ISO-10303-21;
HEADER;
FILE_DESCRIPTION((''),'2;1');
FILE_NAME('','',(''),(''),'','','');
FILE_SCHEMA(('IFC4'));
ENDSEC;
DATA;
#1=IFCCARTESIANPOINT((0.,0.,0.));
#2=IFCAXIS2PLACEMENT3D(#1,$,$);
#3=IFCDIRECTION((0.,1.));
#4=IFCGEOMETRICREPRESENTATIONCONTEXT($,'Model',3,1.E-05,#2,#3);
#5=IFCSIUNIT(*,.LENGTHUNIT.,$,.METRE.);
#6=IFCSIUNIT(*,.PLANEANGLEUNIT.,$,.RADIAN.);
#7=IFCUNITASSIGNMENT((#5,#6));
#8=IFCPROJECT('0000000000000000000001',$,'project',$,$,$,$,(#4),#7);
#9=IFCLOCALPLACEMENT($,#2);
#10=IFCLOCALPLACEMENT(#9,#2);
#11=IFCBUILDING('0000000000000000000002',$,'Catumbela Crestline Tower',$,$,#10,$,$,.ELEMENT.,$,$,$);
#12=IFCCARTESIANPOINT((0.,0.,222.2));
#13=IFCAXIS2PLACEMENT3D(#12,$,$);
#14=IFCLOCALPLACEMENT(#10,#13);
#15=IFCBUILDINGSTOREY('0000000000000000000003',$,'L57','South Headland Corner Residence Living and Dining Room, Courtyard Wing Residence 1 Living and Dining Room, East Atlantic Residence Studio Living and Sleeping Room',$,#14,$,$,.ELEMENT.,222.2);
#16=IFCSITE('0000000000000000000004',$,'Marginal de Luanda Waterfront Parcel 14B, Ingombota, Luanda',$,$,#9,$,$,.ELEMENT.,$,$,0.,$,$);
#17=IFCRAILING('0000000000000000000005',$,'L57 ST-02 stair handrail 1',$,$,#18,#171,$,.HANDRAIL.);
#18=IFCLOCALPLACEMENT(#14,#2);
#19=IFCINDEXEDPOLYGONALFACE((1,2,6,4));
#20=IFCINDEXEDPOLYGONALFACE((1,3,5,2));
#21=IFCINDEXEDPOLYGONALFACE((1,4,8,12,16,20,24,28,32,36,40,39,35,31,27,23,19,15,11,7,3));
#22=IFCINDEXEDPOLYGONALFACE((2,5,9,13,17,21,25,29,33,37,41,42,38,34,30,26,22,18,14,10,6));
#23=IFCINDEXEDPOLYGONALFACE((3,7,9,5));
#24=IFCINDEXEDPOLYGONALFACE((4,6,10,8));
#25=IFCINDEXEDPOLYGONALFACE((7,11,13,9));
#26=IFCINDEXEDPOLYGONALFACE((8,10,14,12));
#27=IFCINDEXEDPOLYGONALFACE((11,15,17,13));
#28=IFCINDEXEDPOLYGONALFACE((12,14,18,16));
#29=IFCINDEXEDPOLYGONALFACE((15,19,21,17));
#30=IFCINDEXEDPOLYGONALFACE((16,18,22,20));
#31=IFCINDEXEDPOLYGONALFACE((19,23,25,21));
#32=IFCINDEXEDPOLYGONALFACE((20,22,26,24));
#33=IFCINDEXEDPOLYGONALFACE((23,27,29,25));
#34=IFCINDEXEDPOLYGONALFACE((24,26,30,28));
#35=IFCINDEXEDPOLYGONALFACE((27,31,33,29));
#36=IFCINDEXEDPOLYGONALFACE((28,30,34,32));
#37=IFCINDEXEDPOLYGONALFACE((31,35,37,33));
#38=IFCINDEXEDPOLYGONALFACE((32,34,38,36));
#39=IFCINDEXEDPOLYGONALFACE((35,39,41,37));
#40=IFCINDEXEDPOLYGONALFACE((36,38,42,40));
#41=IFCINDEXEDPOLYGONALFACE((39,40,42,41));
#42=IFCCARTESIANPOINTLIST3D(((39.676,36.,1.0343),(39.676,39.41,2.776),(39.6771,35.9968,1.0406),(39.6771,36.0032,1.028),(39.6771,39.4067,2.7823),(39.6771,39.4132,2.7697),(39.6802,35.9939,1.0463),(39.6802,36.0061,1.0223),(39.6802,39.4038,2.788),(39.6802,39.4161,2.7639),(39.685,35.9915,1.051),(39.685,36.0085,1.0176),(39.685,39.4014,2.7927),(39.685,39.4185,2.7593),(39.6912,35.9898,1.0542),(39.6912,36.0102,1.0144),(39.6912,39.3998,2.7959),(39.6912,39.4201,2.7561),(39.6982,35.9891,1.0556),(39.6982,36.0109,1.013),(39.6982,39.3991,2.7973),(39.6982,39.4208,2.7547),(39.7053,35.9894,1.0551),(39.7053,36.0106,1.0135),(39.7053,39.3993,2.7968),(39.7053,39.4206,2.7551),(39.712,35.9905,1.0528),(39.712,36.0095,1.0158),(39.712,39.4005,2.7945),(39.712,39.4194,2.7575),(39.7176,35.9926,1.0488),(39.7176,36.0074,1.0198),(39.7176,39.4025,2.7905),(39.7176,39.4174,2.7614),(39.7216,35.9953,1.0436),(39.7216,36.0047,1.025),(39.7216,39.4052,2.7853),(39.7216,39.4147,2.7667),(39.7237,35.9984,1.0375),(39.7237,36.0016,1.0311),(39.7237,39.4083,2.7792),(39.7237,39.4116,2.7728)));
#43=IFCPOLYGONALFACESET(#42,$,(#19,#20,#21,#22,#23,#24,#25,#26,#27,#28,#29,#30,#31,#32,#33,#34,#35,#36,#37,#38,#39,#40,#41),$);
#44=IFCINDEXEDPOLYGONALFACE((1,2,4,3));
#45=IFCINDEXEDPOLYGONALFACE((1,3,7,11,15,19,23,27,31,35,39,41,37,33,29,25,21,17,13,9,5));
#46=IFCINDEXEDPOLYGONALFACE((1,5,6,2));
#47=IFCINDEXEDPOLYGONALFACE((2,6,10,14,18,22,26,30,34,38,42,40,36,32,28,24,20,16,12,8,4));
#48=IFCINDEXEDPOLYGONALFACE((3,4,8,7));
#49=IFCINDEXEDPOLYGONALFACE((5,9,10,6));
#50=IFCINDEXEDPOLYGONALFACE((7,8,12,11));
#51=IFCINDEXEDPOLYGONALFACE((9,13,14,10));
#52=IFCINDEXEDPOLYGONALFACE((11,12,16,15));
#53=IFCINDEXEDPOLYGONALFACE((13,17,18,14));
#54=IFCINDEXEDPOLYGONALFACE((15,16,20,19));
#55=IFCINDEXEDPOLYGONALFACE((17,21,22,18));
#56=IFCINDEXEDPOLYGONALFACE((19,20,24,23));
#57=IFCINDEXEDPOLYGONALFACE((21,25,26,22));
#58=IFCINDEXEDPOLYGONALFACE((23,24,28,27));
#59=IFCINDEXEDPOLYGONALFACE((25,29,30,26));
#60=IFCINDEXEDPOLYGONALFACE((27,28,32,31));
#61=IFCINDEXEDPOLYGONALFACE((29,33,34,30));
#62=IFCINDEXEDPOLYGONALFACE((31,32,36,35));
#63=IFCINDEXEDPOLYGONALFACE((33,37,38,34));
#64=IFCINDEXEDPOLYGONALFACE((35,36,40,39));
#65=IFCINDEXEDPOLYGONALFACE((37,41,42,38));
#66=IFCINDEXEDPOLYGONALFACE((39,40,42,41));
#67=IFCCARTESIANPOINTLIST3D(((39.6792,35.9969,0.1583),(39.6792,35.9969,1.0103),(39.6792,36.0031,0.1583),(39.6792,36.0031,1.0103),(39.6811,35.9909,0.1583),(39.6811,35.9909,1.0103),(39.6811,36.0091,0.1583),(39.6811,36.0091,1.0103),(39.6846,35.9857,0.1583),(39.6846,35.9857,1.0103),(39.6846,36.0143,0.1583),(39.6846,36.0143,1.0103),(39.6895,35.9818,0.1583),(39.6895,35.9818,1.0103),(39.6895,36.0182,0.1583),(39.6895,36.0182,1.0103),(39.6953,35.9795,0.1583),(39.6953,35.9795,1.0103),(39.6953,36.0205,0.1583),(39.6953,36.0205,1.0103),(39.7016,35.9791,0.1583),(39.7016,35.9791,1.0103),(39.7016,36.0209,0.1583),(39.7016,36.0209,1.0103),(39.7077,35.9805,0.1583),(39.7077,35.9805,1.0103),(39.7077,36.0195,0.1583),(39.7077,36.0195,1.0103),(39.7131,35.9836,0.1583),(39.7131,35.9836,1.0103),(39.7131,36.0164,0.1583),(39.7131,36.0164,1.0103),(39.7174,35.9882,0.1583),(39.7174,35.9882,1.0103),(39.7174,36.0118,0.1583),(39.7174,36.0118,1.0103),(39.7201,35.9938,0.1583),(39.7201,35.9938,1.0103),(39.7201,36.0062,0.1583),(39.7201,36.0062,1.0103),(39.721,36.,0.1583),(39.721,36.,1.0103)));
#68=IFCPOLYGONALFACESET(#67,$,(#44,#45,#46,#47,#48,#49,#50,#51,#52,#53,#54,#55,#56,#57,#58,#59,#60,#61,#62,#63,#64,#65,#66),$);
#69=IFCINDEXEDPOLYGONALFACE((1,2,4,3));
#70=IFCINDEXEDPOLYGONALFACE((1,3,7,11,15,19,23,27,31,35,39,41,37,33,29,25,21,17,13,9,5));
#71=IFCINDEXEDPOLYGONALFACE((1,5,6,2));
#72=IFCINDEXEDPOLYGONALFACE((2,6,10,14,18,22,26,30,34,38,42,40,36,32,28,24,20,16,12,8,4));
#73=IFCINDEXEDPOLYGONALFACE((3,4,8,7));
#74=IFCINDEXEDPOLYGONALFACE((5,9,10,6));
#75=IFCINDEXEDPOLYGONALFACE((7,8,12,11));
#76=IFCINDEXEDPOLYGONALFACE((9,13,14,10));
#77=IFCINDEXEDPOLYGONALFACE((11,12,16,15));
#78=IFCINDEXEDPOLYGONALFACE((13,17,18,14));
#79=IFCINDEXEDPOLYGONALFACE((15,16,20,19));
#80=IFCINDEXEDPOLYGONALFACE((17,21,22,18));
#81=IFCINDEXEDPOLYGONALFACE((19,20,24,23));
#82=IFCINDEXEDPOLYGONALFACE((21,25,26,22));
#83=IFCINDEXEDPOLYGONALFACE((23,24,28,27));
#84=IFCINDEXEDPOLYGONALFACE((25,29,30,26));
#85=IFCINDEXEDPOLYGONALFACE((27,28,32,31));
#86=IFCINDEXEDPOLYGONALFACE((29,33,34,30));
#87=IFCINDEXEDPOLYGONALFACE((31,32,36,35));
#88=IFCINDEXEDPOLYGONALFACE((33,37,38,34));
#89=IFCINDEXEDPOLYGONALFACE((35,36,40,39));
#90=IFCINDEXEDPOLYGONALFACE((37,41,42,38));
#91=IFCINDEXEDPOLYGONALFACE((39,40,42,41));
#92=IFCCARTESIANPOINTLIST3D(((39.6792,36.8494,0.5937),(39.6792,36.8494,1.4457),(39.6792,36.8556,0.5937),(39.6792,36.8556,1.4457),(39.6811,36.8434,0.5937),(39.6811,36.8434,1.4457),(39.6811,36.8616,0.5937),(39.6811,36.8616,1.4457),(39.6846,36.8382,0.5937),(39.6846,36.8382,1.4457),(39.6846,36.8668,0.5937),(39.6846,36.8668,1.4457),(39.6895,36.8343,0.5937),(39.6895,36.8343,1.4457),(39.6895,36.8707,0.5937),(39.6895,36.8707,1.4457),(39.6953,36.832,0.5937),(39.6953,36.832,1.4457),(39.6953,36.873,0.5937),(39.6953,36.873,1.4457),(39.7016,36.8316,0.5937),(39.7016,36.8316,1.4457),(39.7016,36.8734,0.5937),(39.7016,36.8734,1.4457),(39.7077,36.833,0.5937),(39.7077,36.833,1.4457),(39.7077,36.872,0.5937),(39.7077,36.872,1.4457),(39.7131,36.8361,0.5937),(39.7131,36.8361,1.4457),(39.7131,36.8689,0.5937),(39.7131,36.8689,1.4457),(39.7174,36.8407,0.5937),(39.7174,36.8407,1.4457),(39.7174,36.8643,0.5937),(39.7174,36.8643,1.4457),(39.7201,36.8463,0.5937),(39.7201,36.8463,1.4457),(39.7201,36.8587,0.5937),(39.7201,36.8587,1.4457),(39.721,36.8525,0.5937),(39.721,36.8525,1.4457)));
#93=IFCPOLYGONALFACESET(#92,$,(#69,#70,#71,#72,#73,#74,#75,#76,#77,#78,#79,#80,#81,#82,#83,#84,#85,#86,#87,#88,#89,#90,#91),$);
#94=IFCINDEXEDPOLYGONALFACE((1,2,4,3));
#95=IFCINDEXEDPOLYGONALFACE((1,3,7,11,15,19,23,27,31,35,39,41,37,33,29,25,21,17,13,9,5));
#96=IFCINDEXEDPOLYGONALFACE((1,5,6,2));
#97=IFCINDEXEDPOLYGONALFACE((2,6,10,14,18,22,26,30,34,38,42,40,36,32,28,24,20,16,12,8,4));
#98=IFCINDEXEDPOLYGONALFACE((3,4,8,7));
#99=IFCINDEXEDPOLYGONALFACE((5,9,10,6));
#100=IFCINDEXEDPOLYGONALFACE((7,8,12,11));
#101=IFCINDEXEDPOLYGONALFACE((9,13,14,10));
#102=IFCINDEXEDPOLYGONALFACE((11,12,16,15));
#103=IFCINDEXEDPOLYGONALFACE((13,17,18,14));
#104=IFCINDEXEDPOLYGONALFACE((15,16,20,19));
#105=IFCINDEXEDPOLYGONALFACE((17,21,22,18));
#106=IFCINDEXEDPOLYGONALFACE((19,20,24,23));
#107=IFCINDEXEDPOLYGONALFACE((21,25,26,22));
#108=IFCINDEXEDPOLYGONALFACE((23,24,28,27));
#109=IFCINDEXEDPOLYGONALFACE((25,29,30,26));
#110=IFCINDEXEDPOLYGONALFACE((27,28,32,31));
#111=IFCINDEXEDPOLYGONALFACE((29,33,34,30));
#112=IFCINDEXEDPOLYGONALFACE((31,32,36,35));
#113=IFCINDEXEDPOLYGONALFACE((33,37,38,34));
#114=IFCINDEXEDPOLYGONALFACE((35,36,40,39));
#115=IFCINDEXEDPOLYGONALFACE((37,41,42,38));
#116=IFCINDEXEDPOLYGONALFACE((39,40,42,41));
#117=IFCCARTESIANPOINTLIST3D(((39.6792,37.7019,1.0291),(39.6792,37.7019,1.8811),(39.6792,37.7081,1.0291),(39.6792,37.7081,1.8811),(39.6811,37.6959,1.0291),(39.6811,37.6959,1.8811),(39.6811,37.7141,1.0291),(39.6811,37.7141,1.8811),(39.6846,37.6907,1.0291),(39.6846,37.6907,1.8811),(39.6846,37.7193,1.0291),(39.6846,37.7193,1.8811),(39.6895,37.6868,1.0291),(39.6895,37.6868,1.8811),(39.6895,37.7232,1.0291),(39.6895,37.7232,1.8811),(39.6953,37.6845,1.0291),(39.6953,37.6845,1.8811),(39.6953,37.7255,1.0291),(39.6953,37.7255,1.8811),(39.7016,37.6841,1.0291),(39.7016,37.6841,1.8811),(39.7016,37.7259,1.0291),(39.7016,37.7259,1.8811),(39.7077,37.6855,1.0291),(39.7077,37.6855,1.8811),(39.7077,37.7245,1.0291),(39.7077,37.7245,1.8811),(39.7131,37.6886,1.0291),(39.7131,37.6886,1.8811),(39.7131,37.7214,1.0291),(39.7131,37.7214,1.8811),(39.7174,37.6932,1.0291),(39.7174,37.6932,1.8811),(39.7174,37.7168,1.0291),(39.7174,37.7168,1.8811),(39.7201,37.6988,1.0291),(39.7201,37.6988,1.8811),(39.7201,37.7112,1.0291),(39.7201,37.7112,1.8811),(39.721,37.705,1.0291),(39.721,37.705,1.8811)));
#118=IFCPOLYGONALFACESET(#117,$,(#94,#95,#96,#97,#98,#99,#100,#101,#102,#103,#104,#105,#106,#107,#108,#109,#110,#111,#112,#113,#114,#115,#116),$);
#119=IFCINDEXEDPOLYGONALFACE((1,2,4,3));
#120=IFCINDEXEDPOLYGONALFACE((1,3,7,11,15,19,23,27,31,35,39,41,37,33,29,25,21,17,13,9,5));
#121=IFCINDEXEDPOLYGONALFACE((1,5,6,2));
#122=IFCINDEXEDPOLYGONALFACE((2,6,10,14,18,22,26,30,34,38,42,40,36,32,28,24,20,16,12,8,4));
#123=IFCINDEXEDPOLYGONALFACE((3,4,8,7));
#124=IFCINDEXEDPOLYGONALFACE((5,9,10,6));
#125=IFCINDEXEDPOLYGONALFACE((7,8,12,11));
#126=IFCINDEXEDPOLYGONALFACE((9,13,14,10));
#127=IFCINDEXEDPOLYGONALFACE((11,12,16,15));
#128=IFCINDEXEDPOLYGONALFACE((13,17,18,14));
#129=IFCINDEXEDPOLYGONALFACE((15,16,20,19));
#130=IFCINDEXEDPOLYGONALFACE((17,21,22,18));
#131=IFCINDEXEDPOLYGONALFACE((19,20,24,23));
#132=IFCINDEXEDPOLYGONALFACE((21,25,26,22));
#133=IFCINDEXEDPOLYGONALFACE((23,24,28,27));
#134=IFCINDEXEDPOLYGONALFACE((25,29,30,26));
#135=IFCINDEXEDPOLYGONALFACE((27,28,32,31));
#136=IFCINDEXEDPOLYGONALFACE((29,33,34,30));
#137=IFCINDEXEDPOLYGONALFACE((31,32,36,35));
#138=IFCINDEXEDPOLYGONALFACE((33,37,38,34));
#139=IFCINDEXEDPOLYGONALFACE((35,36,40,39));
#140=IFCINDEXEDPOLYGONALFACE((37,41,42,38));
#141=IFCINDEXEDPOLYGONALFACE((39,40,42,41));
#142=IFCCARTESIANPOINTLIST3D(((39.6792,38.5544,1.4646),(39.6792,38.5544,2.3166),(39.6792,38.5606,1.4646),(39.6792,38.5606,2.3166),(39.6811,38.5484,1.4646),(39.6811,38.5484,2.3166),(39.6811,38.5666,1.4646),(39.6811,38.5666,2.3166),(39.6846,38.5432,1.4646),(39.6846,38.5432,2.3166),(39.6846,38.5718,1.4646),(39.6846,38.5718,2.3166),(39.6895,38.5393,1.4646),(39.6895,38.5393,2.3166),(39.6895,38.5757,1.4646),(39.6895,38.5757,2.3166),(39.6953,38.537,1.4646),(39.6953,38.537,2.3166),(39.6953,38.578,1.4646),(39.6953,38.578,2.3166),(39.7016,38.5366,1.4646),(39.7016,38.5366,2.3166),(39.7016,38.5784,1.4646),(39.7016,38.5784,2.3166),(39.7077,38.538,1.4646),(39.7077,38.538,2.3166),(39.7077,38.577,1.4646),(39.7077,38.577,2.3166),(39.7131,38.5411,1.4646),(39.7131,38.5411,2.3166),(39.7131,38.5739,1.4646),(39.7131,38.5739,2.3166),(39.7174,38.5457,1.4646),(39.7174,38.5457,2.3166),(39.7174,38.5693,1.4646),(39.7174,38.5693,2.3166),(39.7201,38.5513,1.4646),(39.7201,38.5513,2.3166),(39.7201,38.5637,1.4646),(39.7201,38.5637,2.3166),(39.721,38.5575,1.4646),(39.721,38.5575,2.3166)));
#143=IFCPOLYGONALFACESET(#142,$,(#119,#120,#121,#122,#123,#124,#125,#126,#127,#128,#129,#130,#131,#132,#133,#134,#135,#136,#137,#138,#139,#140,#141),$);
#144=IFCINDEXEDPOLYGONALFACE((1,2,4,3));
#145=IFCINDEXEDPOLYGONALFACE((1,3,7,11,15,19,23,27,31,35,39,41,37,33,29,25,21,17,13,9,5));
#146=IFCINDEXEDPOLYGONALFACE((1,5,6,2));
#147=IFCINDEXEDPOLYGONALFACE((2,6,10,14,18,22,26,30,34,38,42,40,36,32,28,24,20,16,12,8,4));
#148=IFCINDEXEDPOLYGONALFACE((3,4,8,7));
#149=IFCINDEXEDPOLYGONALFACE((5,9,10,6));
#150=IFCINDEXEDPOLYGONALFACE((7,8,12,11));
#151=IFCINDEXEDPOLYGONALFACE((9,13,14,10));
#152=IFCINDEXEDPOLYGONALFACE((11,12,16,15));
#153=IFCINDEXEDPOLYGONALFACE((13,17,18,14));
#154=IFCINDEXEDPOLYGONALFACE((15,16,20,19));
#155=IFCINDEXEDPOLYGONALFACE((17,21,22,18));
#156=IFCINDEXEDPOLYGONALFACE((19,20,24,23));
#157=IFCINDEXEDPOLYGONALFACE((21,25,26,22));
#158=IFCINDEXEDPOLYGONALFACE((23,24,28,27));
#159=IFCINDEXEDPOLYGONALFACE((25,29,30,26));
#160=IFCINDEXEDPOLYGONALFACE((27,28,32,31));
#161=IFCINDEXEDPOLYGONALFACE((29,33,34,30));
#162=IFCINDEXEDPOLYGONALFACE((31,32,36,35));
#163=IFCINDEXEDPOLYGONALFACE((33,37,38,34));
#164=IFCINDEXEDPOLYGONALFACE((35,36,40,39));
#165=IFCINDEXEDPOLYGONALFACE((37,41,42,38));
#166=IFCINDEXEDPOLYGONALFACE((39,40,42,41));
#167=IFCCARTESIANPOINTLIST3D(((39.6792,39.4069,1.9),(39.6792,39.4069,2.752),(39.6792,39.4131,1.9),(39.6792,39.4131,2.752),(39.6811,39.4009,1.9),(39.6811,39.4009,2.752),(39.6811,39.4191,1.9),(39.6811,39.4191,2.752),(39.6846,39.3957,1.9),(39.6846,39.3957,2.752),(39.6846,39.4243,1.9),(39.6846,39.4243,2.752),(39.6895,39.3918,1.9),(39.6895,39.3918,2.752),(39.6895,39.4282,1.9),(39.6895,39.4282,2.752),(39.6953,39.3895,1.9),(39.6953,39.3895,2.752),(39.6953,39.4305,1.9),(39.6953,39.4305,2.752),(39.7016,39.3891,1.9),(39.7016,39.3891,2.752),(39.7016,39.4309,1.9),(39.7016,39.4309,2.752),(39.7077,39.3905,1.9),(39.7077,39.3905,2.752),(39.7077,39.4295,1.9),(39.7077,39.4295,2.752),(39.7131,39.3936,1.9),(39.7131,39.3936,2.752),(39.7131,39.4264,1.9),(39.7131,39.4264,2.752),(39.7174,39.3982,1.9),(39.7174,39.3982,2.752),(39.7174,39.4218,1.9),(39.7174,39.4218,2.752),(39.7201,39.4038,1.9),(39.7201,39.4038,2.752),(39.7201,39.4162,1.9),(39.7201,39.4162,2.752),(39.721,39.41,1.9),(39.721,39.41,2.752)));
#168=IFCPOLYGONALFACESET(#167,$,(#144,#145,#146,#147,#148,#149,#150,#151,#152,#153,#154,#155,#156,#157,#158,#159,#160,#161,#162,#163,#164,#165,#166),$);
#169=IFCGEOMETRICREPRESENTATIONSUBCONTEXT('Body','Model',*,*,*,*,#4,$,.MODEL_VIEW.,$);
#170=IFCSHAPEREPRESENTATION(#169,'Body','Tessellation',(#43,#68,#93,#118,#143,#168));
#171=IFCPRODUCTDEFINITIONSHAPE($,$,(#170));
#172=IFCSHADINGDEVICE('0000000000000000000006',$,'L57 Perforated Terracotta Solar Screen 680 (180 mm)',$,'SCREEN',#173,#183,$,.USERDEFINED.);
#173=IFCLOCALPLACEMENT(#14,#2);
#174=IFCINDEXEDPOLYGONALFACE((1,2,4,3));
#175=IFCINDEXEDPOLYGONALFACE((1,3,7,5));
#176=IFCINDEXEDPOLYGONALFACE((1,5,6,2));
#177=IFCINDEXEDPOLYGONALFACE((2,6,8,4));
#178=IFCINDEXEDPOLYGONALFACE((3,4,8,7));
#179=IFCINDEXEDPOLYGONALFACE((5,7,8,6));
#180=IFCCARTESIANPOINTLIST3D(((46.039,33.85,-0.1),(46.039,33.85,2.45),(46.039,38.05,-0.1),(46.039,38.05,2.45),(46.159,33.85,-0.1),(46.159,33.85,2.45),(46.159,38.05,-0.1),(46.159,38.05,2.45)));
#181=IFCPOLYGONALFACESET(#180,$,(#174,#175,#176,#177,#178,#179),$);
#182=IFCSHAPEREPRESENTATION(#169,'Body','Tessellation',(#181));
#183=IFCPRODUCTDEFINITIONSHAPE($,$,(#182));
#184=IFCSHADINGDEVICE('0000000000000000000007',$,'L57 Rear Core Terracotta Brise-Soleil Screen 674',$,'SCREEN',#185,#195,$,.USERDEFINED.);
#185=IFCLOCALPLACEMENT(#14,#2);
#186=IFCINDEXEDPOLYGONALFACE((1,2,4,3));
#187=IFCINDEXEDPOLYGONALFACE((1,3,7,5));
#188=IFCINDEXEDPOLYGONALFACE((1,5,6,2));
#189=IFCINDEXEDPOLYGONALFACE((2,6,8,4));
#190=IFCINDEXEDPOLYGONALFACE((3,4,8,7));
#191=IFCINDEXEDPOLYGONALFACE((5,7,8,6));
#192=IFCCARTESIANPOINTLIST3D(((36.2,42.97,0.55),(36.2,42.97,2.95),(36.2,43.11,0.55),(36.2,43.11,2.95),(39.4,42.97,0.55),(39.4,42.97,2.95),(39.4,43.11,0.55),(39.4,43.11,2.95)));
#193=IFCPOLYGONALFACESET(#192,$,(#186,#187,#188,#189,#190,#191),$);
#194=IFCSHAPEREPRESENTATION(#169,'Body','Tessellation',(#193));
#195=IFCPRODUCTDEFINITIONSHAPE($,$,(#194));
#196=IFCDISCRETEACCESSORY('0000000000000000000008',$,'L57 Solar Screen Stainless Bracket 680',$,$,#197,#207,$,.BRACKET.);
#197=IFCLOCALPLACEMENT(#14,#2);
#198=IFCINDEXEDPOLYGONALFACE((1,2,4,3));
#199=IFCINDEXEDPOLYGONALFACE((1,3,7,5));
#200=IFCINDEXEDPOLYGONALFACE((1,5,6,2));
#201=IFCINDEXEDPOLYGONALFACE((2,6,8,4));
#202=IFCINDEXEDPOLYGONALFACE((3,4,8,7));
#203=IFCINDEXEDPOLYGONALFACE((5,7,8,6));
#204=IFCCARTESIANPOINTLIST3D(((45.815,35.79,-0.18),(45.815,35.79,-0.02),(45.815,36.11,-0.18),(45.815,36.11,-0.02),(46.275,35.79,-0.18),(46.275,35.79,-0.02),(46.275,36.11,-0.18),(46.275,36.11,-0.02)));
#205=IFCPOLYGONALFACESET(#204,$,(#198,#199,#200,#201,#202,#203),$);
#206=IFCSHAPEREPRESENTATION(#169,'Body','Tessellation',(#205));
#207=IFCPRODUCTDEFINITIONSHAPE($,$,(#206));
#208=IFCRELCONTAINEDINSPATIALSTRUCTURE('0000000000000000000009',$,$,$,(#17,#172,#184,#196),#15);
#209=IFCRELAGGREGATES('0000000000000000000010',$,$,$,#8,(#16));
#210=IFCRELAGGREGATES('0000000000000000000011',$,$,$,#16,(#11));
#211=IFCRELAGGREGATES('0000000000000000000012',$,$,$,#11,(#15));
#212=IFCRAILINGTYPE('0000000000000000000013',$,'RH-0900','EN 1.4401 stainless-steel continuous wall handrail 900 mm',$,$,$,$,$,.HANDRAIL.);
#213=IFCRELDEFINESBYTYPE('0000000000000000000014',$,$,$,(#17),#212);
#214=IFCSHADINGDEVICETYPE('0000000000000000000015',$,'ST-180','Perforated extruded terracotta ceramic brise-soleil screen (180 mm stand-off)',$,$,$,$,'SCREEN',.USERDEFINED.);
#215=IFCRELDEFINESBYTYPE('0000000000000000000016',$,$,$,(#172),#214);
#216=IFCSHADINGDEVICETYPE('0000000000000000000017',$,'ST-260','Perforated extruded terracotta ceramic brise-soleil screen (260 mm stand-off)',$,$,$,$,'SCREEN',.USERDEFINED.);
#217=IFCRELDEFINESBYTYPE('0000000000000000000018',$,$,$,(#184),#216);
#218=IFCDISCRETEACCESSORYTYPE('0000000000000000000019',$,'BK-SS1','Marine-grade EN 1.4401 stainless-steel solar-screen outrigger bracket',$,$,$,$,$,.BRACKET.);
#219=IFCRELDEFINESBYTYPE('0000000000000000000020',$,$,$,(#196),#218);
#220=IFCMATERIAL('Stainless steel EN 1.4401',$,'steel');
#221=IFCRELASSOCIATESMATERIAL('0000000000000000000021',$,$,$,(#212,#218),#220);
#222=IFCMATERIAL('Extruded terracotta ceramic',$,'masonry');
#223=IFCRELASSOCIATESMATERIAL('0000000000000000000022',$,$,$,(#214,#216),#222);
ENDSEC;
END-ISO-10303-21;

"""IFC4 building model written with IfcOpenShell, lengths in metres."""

from ifc_helpers import new_model, si_unit, direction, frame, origin, origin_2d, place, context, subcontext, project, spatial, rectangle, circle, extrude, material, type_object, element, save


model = new_model("IFC4")

# Units and contexts
model_context = context("Model", 3, precision=1e-05, world=origin(), true_north=direction((0.0, 1.0)))
body_context = subcontext(model_context, "Body", "Model", "MODEL_VIEW")
ifc_project = project(units=[si_unit("LENGTHUNIT", "METRE"), si_unit("PLANEANGLEUNIT", "RADIAN")], contexts=[model_context])

# Site, building, storey
site_placement = place(None, origin())
site = spatial("IfcSite", under=ifc_project, at=site_placement, Name="Marginal de Luanda Waterfront Parcel 14B, Ingombota, Luanda", CompositionType="ELEMENT", RefElevation=0.0)
building_placement = place(site_placement, origin())
building = spatial("IfcBuilding", under=site, at=building_placement, Name="Catumbela Crestline Tower", CompositionType="ELEMENT")
storey_placement = place(building_placement, frame((0.0, 0.0, 222.2)))
storey = spatial("IfcBuildingStorey", under=building, at=storey_placement, Name="L57", Description="South Headland Corner Residence Living and Dining Room, Courtyard Wing Residence 1 Living and Dining Room, East Atlantic Residence Studio Living and Sleeping Room", CompositionType="ELEMENT", Elevation=222.2)

# Railing
ifc_material_1 = material(Name="Stainless steel EN 1.4401", Category="steel")
railing_type_1 = type_object("IfcRailingType", Name="RH-0900", Description="EN 1.4401 stainless-steel continuous wall handrail 900 mm", PredefinedType="HANDRAIL", material=ifc_material_1)
railing_1_placement = place(storey_placement, frame((39.7, 36.0, 0.1583)))
element("IfcRailing", 1, at=railing_1_placement, inside=storey, type_object=railing_type_1, Name="L57 ST-02 stair handrail 1", PredefinedType="HANDRAIL", context=body_context, shape_type="SweptSolid", body=[
    extrude(circle(Radius=0.024, at=origin_2d()), frame((0.0, 0.0, 0.876), z_axis=(0.0, 0.89056, 0.454865), x_axis=(-1.0, 0.0, 0.0)), (0.0, 0.0, 1.0), 3.829),
    extrude(circle(Radius=0.021, at=origin_2d()), origin(), (0.0, 0.0, 1.0), 0.852),
    extrude(circle(Radius=0.021, at=origin_2d()), frame((0.0, 0.8525, 0.4354)), (0.0, 0.0, 1.0), 0.852),
    extrude(circle(Radius=0.021, at=origin_2d()), frame((0.0, 1.705, 0.8708)), (0.0, 0.0, 1.0), 0.852),
    extrude(circle(Radius=0.021, at=origin_2d()), frame((0.0, 2.5575, 1.3063)), (0.0, 0.0, 1.0), 0.852),
    extrude(circle(Radius=0.021, at=origin_2d()), frame((0.0, 3.41, 1.7417)), (0.0, 0.0, 1.0), 0.852),
])

# Shading devices
ifc_material_2 = material(Name="Extruded terracotta ceramic", Category="masonry")
shading_device_type_1 = type_object("IfcShadingDeviceType", Name="ST-180", Description="Perforated extruded terracotta ceramic brise-soleil screen (180 mm stand-off)", ElementType="SCREEN", PredefinedType="USERDEFINED", material=ifc_material_2)
shading_device_1_placement = place(storey_placement, frame((46.099, 35.95, -0.1), z_axis=(0.0, 0.0, 1.0), x_axis=(0.0, 1.0, 0.0)))
element("IfcShadingDevice", 2, at=shading_device_1_placement, inside=storey, type_object=shading_device_type_1, Name="L57 Perforated Terracotta Solar Screen 680 (180 mm)", ObjectType="SCREEN", PredefinedType="USERDEFINED", context=body_context, shape_type="SweptSolid", body=[
    extrude(rectangle(XDim=4.2, YDim=0.12, at=origin_2d()), origin(), (0.0, 0.0, 1.0), 2.55),
])
shading_device_type_2 = type_object("IfcShadingDeviceType", Name="ST-260", Description="Perforated extruded terracotta ceramic brise-soleil screen (260 mm stand-off)", ElementType="SCREEN", PredefinedType="USERDEFINED", material=ifc_material_2)
shading_device_2_placement = place(storey_placement, frame((37.8, 43.04, 0.55), z_axis=(0.0, 0.0, 1.0), x_axis=(1.0, 0.0, 0.0)))
element("IfcShadingDevice", 3, at=shading_device_2_placement, inside=storey, type_object=shading_device_type_2, Name="L57 Rear Core Terracotta Brise-Soleil Screen 674", ObjectType="SCREEN", PredefinedType="USERDEFINED", context=body_context, shape_type="SweptSolid", body=[
    extrude(rectangle(XDim=3.2, YDim=0.14, at=origin_2d()), origin(), (0.0, 0.0, 1.0), 2.4),
])

# Discrete accessory
discrete_accessory_type = type_object("IfcDiscreteAccessoryType", Name="BK-SS1", Description="Marine-grade EN 1.4401 stainless-steel solar-screen outrigger bracket", PredefinedType="BRACKET", material=ifc_material_1)
discrete_accessory_placement = place(storey_placement, frame((46.045, 35.95, -0.18), z_axis=(0.0, 0.0, 1.0), x_axis=(0.0, 1.0, 0.0)))
element("IfcDiscreteAccessory", 4, at=discrete_accessory_placement, inside=storey, type_object=discrete_accessory_type, Name="L57 Solar Screen Stainless Bracket 680", PredefinedType="BRACKET", context=body_context, shape_type="SweptSolid", body=[
    extrude(rectangle(XDim=0.32, YDim=0.46, at=origin_2d()), origin(), (0.0, 0.0, 1.0), 0.16),
])

save(model, "model.ifc")
